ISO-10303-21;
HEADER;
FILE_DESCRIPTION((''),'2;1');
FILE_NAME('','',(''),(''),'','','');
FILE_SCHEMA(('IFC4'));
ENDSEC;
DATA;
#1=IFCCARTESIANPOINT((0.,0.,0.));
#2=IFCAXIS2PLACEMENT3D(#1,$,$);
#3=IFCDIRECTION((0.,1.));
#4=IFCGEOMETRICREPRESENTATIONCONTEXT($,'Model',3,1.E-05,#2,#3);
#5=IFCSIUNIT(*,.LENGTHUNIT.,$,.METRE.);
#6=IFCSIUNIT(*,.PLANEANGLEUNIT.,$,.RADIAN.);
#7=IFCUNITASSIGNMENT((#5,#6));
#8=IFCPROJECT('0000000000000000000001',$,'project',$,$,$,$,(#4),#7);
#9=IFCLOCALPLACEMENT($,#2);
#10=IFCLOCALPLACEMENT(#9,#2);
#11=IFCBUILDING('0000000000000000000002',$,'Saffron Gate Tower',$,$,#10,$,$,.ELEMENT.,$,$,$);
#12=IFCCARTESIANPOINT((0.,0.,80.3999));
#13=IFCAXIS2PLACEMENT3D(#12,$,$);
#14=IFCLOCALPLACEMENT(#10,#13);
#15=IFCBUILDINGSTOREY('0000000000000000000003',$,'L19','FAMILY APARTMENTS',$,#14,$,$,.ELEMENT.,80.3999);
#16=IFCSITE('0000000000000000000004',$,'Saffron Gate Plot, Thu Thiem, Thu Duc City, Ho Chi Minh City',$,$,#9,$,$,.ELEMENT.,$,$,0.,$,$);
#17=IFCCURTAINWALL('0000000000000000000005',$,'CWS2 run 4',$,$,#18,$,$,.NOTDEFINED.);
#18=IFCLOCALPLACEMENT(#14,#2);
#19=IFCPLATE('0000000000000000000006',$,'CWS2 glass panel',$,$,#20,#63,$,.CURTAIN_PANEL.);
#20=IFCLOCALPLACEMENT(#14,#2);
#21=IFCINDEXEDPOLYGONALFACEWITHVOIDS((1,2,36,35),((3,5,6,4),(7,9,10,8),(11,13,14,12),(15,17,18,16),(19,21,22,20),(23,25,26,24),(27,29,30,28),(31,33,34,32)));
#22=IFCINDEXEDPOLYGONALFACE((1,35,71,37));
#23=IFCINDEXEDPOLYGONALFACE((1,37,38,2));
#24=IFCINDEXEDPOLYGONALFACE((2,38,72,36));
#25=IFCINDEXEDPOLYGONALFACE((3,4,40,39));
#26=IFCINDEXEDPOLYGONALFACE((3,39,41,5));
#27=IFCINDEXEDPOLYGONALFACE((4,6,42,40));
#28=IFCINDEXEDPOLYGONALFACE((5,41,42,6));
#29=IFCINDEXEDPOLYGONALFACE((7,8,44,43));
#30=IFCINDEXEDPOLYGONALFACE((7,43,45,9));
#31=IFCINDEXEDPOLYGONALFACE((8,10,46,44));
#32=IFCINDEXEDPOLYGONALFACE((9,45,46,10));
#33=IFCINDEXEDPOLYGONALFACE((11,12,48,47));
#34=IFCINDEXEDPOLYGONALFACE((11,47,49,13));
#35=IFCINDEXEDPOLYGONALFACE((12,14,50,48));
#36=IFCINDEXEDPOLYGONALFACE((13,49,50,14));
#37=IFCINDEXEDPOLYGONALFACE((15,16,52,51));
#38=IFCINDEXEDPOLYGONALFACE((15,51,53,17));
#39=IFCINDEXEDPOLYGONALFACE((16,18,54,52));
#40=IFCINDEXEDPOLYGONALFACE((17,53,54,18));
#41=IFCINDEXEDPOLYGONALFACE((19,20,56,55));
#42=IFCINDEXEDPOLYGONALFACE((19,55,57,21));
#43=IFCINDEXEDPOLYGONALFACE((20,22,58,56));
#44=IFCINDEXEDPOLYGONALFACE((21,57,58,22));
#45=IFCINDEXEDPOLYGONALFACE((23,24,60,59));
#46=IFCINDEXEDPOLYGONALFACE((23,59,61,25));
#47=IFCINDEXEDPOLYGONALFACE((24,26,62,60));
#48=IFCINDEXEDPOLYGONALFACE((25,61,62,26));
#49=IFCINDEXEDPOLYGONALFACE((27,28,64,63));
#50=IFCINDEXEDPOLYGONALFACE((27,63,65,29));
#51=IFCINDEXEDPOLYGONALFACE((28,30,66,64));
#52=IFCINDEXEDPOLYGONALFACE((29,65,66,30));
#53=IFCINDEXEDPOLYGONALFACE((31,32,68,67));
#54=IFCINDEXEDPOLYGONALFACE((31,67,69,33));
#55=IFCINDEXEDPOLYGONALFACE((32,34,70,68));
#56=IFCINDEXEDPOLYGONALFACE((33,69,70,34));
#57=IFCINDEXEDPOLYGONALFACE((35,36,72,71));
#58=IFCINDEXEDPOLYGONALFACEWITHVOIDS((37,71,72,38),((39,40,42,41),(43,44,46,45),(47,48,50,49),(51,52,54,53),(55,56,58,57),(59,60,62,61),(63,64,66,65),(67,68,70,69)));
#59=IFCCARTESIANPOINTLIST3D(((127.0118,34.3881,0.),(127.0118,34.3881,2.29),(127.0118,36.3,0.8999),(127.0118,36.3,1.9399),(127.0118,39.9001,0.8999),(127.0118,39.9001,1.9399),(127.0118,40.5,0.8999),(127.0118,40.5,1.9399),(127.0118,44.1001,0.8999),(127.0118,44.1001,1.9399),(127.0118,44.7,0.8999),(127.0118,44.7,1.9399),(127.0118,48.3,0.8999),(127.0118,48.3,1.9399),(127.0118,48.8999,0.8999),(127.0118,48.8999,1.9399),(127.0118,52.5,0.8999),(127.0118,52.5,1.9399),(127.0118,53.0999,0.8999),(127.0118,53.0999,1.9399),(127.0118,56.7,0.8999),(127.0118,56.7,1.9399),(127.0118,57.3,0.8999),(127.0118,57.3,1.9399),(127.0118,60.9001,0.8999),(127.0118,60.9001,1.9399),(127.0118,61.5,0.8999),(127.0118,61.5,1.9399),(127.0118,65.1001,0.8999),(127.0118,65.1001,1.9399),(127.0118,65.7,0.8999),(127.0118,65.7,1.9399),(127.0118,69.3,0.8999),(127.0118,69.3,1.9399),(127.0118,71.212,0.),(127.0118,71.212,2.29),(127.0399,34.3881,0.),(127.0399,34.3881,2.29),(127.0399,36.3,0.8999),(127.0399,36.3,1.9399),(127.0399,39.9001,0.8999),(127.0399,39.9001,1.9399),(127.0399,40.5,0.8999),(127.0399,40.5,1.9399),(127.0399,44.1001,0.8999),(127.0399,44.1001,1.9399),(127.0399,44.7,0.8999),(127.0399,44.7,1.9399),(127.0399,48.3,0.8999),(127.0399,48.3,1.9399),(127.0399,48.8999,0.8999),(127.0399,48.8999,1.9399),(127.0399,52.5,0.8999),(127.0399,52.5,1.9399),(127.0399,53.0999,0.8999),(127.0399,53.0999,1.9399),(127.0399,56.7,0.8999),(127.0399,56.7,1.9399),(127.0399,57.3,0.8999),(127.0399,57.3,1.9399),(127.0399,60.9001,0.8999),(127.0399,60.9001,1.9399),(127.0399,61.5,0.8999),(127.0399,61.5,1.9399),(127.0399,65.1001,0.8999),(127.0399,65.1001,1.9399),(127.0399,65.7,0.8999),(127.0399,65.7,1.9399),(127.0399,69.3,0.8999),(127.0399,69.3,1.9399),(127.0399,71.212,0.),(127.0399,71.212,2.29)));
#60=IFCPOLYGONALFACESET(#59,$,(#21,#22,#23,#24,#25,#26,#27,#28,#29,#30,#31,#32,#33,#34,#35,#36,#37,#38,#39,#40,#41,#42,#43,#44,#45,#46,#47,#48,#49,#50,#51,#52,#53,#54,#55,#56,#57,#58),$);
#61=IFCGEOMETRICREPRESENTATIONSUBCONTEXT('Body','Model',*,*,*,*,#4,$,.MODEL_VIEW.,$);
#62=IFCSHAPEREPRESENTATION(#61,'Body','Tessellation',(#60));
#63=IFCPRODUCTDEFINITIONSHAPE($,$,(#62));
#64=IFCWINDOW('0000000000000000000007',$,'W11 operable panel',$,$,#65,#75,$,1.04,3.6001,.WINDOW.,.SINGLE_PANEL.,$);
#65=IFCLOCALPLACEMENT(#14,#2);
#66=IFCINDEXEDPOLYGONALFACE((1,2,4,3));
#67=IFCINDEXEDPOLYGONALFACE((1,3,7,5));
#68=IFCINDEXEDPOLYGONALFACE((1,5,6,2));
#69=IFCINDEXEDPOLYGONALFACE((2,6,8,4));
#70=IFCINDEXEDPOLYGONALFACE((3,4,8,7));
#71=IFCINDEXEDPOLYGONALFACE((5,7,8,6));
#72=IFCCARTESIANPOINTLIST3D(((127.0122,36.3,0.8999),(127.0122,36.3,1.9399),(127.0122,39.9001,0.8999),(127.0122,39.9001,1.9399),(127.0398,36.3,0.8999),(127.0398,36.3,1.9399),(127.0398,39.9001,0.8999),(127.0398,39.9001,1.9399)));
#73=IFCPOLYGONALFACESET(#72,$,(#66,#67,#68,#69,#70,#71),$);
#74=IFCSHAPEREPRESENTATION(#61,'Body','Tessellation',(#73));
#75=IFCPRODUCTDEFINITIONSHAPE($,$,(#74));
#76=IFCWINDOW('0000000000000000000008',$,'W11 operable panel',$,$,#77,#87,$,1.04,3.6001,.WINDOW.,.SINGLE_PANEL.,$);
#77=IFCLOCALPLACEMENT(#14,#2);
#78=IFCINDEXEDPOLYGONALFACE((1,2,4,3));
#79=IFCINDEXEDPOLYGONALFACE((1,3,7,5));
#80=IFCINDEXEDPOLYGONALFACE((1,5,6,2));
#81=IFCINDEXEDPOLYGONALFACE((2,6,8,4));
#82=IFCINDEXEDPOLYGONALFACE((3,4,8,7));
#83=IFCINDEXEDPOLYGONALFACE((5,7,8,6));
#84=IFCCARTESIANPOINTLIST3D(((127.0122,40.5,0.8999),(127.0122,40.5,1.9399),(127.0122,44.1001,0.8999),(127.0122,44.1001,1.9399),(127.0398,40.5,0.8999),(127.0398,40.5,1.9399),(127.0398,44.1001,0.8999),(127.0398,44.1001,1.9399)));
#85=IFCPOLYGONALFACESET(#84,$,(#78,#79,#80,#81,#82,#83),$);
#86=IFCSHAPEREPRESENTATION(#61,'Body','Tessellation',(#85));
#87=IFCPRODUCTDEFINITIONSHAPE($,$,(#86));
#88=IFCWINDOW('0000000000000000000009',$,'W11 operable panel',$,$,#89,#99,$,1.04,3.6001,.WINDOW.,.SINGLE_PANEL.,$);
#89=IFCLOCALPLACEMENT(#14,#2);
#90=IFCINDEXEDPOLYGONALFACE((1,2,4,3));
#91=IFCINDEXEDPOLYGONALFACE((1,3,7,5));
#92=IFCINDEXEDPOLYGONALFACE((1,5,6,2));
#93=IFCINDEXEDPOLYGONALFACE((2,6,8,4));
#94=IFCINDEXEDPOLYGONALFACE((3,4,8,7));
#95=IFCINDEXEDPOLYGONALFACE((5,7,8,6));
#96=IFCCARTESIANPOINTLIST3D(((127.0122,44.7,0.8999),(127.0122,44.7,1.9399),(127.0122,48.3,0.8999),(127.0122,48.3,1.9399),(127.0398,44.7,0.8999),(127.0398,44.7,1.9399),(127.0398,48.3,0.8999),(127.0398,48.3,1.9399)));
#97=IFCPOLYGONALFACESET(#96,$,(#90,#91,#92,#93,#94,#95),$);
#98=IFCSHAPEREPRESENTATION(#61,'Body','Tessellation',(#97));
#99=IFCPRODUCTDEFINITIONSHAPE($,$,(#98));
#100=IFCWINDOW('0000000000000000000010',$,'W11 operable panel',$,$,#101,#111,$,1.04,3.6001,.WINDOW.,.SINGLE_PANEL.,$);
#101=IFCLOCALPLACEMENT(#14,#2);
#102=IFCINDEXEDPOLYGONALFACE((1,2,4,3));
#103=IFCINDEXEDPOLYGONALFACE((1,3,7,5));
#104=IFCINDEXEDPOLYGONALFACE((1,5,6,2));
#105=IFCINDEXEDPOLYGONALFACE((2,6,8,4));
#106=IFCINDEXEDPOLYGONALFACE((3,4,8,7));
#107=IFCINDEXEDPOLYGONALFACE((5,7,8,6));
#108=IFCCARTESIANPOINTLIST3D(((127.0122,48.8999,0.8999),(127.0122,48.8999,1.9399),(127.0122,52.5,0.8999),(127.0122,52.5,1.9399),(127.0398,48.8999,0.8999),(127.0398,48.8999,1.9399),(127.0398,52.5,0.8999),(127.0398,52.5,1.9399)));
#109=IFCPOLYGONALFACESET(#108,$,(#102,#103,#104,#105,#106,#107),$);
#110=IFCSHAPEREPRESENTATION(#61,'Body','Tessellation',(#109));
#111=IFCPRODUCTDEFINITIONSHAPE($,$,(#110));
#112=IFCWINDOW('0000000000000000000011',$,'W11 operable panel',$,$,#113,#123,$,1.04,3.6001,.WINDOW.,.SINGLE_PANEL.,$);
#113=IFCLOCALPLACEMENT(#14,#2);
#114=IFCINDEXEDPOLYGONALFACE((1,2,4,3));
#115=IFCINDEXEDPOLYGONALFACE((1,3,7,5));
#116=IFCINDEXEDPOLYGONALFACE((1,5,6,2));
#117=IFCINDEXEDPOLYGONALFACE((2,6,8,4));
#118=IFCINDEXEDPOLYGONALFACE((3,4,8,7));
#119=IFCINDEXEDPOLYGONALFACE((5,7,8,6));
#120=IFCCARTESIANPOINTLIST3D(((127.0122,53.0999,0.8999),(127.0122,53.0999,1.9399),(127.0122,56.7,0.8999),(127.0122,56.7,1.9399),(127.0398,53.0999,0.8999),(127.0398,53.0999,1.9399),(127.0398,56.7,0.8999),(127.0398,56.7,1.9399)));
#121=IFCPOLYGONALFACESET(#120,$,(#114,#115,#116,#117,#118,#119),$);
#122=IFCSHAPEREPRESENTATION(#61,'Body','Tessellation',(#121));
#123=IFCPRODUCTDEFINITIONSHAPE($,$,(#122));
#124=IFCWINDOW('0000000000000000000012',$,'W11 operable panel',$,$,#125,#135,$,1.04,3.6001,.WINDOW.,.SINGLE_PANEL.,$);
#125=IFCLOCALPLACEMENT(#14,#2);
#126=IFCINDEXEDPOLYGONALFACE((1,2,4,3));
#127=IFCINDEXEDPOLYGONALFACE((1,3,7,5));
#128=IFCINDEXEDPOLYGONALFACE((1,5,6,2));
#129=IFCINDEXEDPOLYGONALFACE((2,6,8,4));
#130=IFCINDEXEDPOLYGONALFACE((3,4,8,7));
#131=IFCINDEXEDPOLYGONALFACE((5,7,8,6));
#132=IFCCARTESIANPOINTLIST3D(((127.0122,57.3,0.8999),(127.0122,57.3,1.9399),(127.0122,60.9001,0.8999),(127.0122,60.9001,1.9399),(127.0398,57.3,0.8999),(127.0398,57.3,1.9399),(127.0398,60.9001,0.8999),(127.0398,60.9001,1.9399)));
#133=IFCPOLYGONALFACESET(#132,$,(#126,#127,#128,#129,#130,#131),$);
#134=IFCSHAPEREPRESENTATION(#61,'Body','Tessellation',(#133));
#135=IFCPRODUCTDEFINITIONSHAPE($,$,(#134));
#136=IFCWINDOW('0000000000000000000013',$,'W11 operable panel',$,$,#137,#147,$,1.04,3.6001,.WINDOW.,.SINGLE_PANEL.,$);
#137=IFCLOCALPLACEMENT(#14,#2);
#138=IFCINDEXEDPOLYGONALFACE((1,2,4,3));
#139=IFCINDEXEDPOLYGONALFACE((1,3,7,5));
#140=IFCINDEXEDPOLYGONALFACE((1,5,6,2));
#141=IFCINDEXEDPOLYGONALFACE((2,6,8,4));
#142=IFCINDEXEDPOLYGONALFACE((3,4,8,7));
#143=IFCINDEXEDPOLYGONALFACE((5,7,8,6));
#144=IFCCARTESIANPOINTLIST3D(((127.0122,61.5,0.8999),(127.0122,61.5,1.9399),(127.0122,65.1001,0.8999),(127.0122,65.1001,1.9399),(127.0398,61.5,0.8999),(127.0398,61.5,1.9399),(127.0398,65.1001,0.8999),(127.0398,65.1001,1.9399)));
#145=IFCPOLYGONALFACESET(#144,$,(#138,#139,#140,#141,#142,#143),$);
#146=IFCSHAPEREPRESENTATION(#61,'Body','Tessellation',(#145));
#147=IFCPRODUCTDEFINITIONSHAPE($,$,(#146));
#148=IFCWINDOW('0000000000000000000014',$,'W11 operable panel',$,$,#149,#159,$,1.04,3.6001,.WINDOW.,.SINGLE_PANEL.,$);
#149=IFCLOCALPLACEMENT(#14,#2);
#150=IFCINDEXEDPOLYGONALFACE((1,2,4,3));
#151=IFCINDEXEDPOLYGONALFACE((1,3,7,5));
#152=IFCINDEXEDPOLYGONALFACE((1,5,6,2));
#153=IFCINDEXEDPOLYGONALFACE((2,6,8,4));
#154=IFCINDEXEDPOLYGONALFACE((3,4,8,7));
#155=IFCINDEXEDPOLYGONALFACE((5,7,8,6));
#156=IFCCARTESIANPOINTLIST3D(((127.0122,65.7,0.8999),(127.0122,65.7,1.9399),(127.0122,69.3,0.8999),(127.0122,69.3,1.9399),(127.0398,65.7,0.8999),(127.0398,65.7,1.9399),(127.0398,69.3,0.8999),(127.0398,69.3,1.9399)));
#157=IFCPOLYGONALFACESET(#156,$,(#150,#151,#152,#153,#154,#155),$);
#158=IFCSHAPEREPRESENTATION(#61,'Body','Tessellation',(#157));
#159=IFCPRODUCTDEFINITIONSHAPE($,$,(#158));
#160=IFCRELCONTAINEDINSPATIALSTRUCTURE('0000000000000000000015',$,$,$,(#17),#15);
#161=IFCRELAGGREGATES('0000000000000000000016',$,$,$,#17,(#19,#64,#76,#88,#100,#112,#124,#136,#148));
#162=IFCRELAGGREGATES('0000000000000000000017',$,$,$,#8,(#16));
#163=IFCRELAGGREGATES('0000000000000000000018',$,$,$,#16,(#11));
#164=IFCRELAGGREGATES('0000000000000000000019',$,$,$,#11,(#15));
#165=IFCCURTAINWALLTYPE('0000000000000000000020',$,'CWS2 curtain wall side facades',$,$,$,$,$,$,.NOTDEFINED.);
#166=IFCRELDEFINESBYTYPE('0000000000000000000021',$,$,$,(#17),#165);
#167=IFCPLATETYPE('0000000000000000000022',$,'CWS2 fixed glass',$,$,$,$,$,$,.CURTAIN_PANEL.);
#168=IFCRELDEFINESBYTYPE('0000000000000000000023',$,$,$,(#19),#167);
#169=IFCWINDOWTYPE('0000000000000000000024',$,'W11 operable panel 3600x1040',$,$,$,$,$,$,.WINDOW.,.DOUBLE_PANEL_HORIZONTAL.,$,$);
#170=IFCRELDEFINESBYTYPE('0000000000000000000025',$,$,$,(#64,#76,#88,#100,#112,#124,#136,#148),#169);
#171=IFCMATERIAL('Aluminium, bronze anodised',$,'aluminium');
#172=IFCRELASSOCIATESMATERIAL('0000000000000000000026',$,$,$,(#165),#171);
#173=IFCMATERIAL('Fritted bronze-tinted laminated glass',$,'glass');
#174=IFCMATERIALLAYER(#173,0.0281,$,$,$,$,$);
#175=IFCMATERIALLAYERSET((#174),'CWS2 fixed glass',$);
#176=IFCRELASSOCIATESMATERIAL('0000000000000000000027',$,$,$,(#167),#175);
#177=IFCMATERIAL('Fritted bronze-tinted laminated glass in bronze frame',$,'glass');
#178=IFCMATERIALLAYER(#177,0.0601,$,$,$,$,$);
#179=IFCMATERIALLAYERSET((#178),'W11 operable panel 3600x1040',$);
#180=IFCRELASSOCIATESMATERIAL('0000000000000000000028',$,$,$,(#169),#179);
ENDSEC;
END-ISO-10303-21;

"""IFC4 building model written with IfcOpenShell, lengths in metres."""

from ifc_helpers import new_model, si_unit, direction, frame, frame_2d, origin, place, context, subcontext, project, spatial, rectangle, extrude, material, layer, layer_set, type_object, element, fill, aggregate, save


model = new_model("IFC4")

# Units and contexts
model_context = context("Model", 3, precision=1e-05, world=origin(), true_north=direction((0.0, 1.0)))
body_context = subcontext(model_context, "Body", "Model", "MODEL_VIEW")
ifc_project = project(units=[si_unit("LENGTHUNIT", "METRE"), si_unit("PLANEANGLEUNIT", "RADIAN")], contexts=[model_context])

# Site, building, storey
site_placement = place(None, origin())
site = spatial("IfcSite", under=ifc_project, at=site_placement, Name="Saffron Gate Plot, Thu Thiem, Thu Duc City, Ho Chi Minh City", CompositionType="ELEMENT", RefElevation=0.0)
building_placement = place(site_placement, origin())
building = spatial("IfcBuilding", under=site, at=building_placement, Name="Saffron Gate Tower", CompositionType="ELEMENT")
storey_placement = place(building_placement, frame((0.0, 0.0, 80.3999)))
storey = spatial("IfcBuildingStorey", under=building, at=storey_placement, Name="L19", Description="FAMILY APARTMENTS", CompositionType="ELEMENT", Elevation=80.3999)

# Curtain wall
ifc_material_1 = material(Name="Aluminium, bronze anodised", Category="aluminium")
curtain_wall_type_1 = type_object("IfcCurtainWallType", Name="CWS2 curtain wall side facades", PredefinedType="NOTDEFINED", material=ifc_material_1)
curtain_wall_1_placement = place(storey_placement, origin())
curtain_wall_1 = element("IfcCurtainWall", 1, at=curtain_wall_1_placement, inside=storey, type_object=curtain_wall_type_1, Name="CWS2 run 4", PredefinedType="NOTDEFINED")

# Plate, openings, windows
ifc_material_2 = material(Name="Fritted bronze-tinted laminated glass", Category="glass")
ifc_layer_1 = layer(ifc_material_2, 0.0281)
ifc_layer_set_1 = layer_set([ifc_layer_1], Name="CWS2 fixed glass")
plate_type_1 = type_object("IfcPlateType", Name="CWS2 fixed glass", PredefinedType="CURTAIN_PANEL", material=ifc_layer_set_1)
plate_1_placement = place(storey_placement, frame((127.0259, 34.3879, 0.0), z_axis=(0.0, 0.0, 1.0), x_axis=(0.0, 1.0, 0.0)))
plate_1 = element("IfcPlate", 2, at=plate_1_placement, type_object=plate_type_1, Name="CWS2 glass panel", PredefinedType="CURTAIN_PANEL", context=body_context, shape_type="SweptSolid", body=[
    extrude(rectangle(XDim=36.824, YDim=0.0281, at=frame_2d((18.4121, 0.0))), origin(), (0.0, 0.0, 1.0), 2.29),
])
opening_1_placement = place(plate_1_placement, frame((1.9121, 0.0, 0.8999)))
opening_1 = element("IfcOpeningElement", 3, at=opening_1_placement, cuts=plate_1, PredefinedType="OPENING", context=body_context, shape_type="SweptSolid", body=[
    extrude(rectangle(XDim=3.6001, YDim=1.04, at=frame_2d((1.8, 0.52))), frame((0.0, 0.0239, 0.0), z_axis=(0.0, -1.0, 0.0), x_axis=(1.0, 0.0, 0.0)), (0.0, 0.0, 1.0), 0.0481),
])
opening_2_placement = place(plate_1_placement, frame((6.1121, 0.0, 0.8999)))
opening_2 = element("IfcOpeningElement", 4, at=opening_2_placement, cuts=plate_1, PredefinedType="OPENING", context=body_context, shape_type="SweptSolid", body=[
    extrude(rectangle(XDim=3.6001, YDim=1.04, at=frame_2d((1.8, 0.52))), frame((0.0, 0.0239, 0.0), z_axis=(0.0, -1.0, 0.0), x_axis=(1.0, 0.0, 0.0)), (0.0, 0.0, 1.0), 0.0481),
])
opening_3_placement = place(plate_1_placement, frame((10.312, 0.0, 0.8999)))
opening_3 = element("IfcOpeningElement", 5, at=opening_3_placement, cuts=plate_1, PredefinedType="OPENING", context=body_context, shape_type="SweptSolid", body=[
    extrude(rectangle(XDim=3.6001, YDim=1.04, at=frame_2d((1.8, 0.52))), frame((0.0, 0.0239, 0.0), z_axis=(0.0, -1.0, 0.0), x_axis=(1.0, 0.0, 0.0)), (0.0, 0.0, 1.0), 0.0481),
])
opening_4_placement = place(plate_1_placement, frame((14.512, 0.0, 0.8999)))
opening_4 = element("IfcOpeningElement", 6, at=opening_4_placement, cuts=plate_1, PredefinedType="OPENING", context=body_context, shape_type="SweptSolid", body=[
    extrude(rectangle(XDim=3.6001, YDim=1.04, at=frame_2d((1.8, 0.52))), frame((0.0, 0.0239, 0.0), z_axis=(0.0, -1.0, 0.0), x_axis=(1.0, 0.0, 0.0)), (0.0, 0.0, 1.0), 0.0481),
])
opening_5_placement = place(plate_1_placement, frame((18.7119, 0.0, 0.8999)))
opening_5 = element("IfcOpeningElement", 7, at=opening_5_placement, cuts=plate_1, PredefinedType="OPENING", context=body_context, shape_type="SweptSolid", body=[
    extrude(rectangle(XDim=3.6001, YDim=1.04, at=frame_2d((1.8, 0.52))), frame((0.0, 0.0239, 0.0), z_axis=(0.0, -1.0, 0.0), x_axis=(1.0, 0.0, 0.0)), (0.0, 0.0, 1.0), 0.0481),
])
opening_6_placement = place(plate_1_placement, frame((22.9121, 0.0, 0.8999)))
opening_6 = element("IfcOpeningElement", 8, at=opening_6_placement, cuts=plate_1, PredefinedType="OPENING", context=body_context, shape_type="SweptSolid", body=[
    extrude(rectangle(XDim=3.6001, YDim=1.04, at=frame_2d((1.8, 0.52))), frame((0.0, 0.0239, 0.0), z_axis=(0.0, -1.0, 0.0), x_axis=(1.0, 0.0, 0.0)), (0.0, 0.0, 1.0), 0.0481),
])
opening_7_placement = place(plate_1_placement, frame((27.1121, 0.0, 0.8999)))
opening_7 = element("IfcOpeningElement", 9, at=opening_7_placement, cuts=plate_1, PredefinedType="OPENING", context=body_context, shape_type="SweptSolid", body=[
    extrude(rectangle(XDim=3.6001, YDim=1.04, at=frame_2d((1.8, 0.52))), frame((0.0, 0.0239, 0.0), z_axis=(0.0, -1.0, 0.0), x_axis=(1.0, 0.0, 0.0)), (0.0, 0.0, 1.0), 0.0481),
])
opening_8_placement = place(plate_1_placement, frame((31.312, 0.0, 0.8999)))
opening_8 = element("IfcOpeningElement", 10, at=opening_8_placement, cuts=plate_1, PredefinedType="OPENING", context=body_context, shape_type="SweptSolid", body=[
    extrude(rectangle(XDim=3.6001, YDim=1.04, at=frame_2d((1.8, 0.52))), frame((0.0, 0.0239, 0.0), z_axis=(0.0, -1.0, 0.0), x_axis=(1.0, 0.0, 0.0)), (0.0, 0.0, 1.0), 0.0481),
])
ifc_material_3 = material(Name="Fritted bronze-tinted laminated glass in bronze frame", Category="glass")
ifc_layer_2 = layer(ifc_material_3, 0.0601)
ifc_layer_set_2 = layer_set([ifc_layer_2], Name="W11 operable panel 3600x1040")
window_type = type_object("IfcWindowType", Name="W11 operable panel 3600x1040", PartitioningType="DOUBLE_PANEL_HORIZONTAL", PredefinedType="WINDOW", material=ifc_layer_set_2)
window_1_placement = place(opening_1_placement, origin())
window_1 = element("IfcWindow", 11, at=window_1_placement, type_object=window_type, Name="W11 operable panel", OverallHeight=1.04, OverallWidth=3.6001, PartitioningType="SINGLE_PANEL", PredefinedType="WINDOW", context=body_context, shape_type="SweptSolid", body=[
    extrude(rectangle(XDim=3.6001, YDim=1.04, at=frame_2d((1.8, 0.52))), frame((0.0, 0.0137, 0.0), z_axis=(0.0, -1.0, 0.0), x_axis=(1.0, 0.0, 0.0)), (0.0, 0.0, 1.0), 0.0276),
])
fill(opening_1, window_1)
window_2_placement = place(opening_2_placement, origin())
window_2 = element("IfcWindow", 12, at=window_2_placement, type_object=window_type, Name="W11 operable panel", OverallHeight=1.04, OverallWidth=3.6001, PartitioningType="SINGLE_PANEL", PredefinedType="WINDOW", context=body_context, shape_type="SweptSolid", body=[
    extrude(rectangle(XDim=3.6001, YDim=1.04, at=frame_2d((1.8, 0.52))), frame((0.0, 0.0137, 0.0), z_axis=(0.0, -1.0, 0.0), x_axis=(1.0, 0.0, 0.0)), (0.0, 0.0, 1.0), 0.0276),
])
fill(opening_2, window_2)
window_3_placement = place(opening_3_placement, origin())
window_3 = element("IfcWindow", 13, at=window_3_placement, type_object=window_type, Name="W11 operable panel", OverallHeight=1.04, OverallWidth=3.6001, PartitioningType="SINGLE_PANEL", PredefinedType="WINDOW", context=body_context, shape_type="SweptSolid", body=[
    extrude(rectangle(XDim=3.6001, YDim=1.04, at=frame_2d((1.8, 0.52))), frame((0.0, 0.0137, 0.0), z_axis=(0.0, -1.0, 0.0), x_axis=(1.0, 0.0, 0.0)), (0.0, 0.0, 1.0), 0.0276),
])
fill(opening_3, window_3)
window_4_placement = place(opening_4_placement, origin())
window_4 = element("IfcWindow", 14, at=window_4_placement, type_object=window_type, Name="W11 operable panel", OverallHeight=1.04, OverallWidth=3.6001, PartitioningType="SINGLE_PANEL", PredefinedType="WINDOW", context=body_context, shape_type="SweptSolid", body=[
    extrude(rectangle(XDim=3.6001, YDim=1.04, at=frame_2d((1.8, 0.52))), frame((0.0, 0.0137, 0.0), z_axis=(0.0, -1.0, 0.0), x_axis=(1.0, 0.0, 0.0)), (0.0, 0.0, 1.0), 0.0276),
])
fill(opening_4, window_4)
window_5_placement = place(opening_5_placement, origin())
window_5 = element("IfcWindow", 15, at=window_5_placement, type_object=window_type, Name="W11 operable panel", OverallHeight=1.04, OverallWidth=3.6001, PartitioningType="SINGLE_PANEL", PredefinedType="WINDOW", context=body_context, shape_type="SweptSolid", body=[
    extrude(rectangle(XDim=3.6001, YDim=1.04, at=frame_2d((1.8, 0.52))), frame((0.0, 0.0137, 0.0), z_axis=(0.0, -1.0, 0.0), x_axis=(1.0, 0.0, 0.0)), (0.0, 0.0, 1.0), 0.0276),
])
fill(opening_5, window_5)
window_6_placement = place(opening_6_placement, origin())
window_6 = element("IfcWindow", 16, at=window_6_placement, type_object=window_type, Name="W11 operable panel", OverallHeight=1.04, OverallWidth=3.6001, PartitioningType="SINGLE_PANEL", PredefinedType="WINDOW", context=body_context, shape_type="SweptSolid", body=[
    extrude(rectangle(XDim=3.6001, YDim=1.04, at=frame_2d((1.8, 0.52))), frame((0.0, 0.0137, 0.0), z_axis=(0.0, -1.0, 0.0), x_axis=(1.0, 0.0, 0.0)), (0.0, 0.0, 1.0), 0.0276),
])
fill(opening_6, window_6)
window_7_placement = place(opening_7_placement, origin())
window_7 = element("IfcWindow", 17, at=window_7_placement, type_object=window_type, Name="W11 operable panel", OverallHeight=1.04, OverallWidth=3.6001, PartitioningType="SINGLE_PANEL", PredefinedType="WINDOW", context=body_context, shape_type="SweptSolid", body=[
    extrude(rectangle(XDim=3.6001, YDim=1.04, at=frame_2d((1.8, 0.52))), frame((0.0, 0.0137, 0.0), z_axis=(0.0, -1.0, 0.0), x_axis=(1.0, 0.0, 0.0)), (0.0, 0.0, 1.0), 0.0276),
])
fill(opening_7, window_7)
window_8_placement = place(opening_8_placement, origin())
window_8 = element("IfcWindow", 18, at=window_8_placement, type_object=window_type, Name="W11 operable panel", OverallHeight=1.04, OverallWidth=3.6001, PartitioningType="SINGLE_PANEL", PredefinedType="WINDOW", context=body_context, shape_type="SweptSolid", body=[
    extrude(rectangle(XDim=3.6001, YDim=1.04, at=frame_2d((1.8, 0.52))), frame((0.0, 0.0137, 0.0), z_axis=(0.0, -1.0, 0.0), x_axis=(1.0, 0.0, 0.0)), (0.0, 0.0, 1.0), 0.0276),
])
fill(opening_8, window_8)
aggregate(curtain_wall_1, [plate_1, window_1, window_2, window_3, window_4, window_5, window_6, window_7, window_8])

save(model, "model.ifc")
